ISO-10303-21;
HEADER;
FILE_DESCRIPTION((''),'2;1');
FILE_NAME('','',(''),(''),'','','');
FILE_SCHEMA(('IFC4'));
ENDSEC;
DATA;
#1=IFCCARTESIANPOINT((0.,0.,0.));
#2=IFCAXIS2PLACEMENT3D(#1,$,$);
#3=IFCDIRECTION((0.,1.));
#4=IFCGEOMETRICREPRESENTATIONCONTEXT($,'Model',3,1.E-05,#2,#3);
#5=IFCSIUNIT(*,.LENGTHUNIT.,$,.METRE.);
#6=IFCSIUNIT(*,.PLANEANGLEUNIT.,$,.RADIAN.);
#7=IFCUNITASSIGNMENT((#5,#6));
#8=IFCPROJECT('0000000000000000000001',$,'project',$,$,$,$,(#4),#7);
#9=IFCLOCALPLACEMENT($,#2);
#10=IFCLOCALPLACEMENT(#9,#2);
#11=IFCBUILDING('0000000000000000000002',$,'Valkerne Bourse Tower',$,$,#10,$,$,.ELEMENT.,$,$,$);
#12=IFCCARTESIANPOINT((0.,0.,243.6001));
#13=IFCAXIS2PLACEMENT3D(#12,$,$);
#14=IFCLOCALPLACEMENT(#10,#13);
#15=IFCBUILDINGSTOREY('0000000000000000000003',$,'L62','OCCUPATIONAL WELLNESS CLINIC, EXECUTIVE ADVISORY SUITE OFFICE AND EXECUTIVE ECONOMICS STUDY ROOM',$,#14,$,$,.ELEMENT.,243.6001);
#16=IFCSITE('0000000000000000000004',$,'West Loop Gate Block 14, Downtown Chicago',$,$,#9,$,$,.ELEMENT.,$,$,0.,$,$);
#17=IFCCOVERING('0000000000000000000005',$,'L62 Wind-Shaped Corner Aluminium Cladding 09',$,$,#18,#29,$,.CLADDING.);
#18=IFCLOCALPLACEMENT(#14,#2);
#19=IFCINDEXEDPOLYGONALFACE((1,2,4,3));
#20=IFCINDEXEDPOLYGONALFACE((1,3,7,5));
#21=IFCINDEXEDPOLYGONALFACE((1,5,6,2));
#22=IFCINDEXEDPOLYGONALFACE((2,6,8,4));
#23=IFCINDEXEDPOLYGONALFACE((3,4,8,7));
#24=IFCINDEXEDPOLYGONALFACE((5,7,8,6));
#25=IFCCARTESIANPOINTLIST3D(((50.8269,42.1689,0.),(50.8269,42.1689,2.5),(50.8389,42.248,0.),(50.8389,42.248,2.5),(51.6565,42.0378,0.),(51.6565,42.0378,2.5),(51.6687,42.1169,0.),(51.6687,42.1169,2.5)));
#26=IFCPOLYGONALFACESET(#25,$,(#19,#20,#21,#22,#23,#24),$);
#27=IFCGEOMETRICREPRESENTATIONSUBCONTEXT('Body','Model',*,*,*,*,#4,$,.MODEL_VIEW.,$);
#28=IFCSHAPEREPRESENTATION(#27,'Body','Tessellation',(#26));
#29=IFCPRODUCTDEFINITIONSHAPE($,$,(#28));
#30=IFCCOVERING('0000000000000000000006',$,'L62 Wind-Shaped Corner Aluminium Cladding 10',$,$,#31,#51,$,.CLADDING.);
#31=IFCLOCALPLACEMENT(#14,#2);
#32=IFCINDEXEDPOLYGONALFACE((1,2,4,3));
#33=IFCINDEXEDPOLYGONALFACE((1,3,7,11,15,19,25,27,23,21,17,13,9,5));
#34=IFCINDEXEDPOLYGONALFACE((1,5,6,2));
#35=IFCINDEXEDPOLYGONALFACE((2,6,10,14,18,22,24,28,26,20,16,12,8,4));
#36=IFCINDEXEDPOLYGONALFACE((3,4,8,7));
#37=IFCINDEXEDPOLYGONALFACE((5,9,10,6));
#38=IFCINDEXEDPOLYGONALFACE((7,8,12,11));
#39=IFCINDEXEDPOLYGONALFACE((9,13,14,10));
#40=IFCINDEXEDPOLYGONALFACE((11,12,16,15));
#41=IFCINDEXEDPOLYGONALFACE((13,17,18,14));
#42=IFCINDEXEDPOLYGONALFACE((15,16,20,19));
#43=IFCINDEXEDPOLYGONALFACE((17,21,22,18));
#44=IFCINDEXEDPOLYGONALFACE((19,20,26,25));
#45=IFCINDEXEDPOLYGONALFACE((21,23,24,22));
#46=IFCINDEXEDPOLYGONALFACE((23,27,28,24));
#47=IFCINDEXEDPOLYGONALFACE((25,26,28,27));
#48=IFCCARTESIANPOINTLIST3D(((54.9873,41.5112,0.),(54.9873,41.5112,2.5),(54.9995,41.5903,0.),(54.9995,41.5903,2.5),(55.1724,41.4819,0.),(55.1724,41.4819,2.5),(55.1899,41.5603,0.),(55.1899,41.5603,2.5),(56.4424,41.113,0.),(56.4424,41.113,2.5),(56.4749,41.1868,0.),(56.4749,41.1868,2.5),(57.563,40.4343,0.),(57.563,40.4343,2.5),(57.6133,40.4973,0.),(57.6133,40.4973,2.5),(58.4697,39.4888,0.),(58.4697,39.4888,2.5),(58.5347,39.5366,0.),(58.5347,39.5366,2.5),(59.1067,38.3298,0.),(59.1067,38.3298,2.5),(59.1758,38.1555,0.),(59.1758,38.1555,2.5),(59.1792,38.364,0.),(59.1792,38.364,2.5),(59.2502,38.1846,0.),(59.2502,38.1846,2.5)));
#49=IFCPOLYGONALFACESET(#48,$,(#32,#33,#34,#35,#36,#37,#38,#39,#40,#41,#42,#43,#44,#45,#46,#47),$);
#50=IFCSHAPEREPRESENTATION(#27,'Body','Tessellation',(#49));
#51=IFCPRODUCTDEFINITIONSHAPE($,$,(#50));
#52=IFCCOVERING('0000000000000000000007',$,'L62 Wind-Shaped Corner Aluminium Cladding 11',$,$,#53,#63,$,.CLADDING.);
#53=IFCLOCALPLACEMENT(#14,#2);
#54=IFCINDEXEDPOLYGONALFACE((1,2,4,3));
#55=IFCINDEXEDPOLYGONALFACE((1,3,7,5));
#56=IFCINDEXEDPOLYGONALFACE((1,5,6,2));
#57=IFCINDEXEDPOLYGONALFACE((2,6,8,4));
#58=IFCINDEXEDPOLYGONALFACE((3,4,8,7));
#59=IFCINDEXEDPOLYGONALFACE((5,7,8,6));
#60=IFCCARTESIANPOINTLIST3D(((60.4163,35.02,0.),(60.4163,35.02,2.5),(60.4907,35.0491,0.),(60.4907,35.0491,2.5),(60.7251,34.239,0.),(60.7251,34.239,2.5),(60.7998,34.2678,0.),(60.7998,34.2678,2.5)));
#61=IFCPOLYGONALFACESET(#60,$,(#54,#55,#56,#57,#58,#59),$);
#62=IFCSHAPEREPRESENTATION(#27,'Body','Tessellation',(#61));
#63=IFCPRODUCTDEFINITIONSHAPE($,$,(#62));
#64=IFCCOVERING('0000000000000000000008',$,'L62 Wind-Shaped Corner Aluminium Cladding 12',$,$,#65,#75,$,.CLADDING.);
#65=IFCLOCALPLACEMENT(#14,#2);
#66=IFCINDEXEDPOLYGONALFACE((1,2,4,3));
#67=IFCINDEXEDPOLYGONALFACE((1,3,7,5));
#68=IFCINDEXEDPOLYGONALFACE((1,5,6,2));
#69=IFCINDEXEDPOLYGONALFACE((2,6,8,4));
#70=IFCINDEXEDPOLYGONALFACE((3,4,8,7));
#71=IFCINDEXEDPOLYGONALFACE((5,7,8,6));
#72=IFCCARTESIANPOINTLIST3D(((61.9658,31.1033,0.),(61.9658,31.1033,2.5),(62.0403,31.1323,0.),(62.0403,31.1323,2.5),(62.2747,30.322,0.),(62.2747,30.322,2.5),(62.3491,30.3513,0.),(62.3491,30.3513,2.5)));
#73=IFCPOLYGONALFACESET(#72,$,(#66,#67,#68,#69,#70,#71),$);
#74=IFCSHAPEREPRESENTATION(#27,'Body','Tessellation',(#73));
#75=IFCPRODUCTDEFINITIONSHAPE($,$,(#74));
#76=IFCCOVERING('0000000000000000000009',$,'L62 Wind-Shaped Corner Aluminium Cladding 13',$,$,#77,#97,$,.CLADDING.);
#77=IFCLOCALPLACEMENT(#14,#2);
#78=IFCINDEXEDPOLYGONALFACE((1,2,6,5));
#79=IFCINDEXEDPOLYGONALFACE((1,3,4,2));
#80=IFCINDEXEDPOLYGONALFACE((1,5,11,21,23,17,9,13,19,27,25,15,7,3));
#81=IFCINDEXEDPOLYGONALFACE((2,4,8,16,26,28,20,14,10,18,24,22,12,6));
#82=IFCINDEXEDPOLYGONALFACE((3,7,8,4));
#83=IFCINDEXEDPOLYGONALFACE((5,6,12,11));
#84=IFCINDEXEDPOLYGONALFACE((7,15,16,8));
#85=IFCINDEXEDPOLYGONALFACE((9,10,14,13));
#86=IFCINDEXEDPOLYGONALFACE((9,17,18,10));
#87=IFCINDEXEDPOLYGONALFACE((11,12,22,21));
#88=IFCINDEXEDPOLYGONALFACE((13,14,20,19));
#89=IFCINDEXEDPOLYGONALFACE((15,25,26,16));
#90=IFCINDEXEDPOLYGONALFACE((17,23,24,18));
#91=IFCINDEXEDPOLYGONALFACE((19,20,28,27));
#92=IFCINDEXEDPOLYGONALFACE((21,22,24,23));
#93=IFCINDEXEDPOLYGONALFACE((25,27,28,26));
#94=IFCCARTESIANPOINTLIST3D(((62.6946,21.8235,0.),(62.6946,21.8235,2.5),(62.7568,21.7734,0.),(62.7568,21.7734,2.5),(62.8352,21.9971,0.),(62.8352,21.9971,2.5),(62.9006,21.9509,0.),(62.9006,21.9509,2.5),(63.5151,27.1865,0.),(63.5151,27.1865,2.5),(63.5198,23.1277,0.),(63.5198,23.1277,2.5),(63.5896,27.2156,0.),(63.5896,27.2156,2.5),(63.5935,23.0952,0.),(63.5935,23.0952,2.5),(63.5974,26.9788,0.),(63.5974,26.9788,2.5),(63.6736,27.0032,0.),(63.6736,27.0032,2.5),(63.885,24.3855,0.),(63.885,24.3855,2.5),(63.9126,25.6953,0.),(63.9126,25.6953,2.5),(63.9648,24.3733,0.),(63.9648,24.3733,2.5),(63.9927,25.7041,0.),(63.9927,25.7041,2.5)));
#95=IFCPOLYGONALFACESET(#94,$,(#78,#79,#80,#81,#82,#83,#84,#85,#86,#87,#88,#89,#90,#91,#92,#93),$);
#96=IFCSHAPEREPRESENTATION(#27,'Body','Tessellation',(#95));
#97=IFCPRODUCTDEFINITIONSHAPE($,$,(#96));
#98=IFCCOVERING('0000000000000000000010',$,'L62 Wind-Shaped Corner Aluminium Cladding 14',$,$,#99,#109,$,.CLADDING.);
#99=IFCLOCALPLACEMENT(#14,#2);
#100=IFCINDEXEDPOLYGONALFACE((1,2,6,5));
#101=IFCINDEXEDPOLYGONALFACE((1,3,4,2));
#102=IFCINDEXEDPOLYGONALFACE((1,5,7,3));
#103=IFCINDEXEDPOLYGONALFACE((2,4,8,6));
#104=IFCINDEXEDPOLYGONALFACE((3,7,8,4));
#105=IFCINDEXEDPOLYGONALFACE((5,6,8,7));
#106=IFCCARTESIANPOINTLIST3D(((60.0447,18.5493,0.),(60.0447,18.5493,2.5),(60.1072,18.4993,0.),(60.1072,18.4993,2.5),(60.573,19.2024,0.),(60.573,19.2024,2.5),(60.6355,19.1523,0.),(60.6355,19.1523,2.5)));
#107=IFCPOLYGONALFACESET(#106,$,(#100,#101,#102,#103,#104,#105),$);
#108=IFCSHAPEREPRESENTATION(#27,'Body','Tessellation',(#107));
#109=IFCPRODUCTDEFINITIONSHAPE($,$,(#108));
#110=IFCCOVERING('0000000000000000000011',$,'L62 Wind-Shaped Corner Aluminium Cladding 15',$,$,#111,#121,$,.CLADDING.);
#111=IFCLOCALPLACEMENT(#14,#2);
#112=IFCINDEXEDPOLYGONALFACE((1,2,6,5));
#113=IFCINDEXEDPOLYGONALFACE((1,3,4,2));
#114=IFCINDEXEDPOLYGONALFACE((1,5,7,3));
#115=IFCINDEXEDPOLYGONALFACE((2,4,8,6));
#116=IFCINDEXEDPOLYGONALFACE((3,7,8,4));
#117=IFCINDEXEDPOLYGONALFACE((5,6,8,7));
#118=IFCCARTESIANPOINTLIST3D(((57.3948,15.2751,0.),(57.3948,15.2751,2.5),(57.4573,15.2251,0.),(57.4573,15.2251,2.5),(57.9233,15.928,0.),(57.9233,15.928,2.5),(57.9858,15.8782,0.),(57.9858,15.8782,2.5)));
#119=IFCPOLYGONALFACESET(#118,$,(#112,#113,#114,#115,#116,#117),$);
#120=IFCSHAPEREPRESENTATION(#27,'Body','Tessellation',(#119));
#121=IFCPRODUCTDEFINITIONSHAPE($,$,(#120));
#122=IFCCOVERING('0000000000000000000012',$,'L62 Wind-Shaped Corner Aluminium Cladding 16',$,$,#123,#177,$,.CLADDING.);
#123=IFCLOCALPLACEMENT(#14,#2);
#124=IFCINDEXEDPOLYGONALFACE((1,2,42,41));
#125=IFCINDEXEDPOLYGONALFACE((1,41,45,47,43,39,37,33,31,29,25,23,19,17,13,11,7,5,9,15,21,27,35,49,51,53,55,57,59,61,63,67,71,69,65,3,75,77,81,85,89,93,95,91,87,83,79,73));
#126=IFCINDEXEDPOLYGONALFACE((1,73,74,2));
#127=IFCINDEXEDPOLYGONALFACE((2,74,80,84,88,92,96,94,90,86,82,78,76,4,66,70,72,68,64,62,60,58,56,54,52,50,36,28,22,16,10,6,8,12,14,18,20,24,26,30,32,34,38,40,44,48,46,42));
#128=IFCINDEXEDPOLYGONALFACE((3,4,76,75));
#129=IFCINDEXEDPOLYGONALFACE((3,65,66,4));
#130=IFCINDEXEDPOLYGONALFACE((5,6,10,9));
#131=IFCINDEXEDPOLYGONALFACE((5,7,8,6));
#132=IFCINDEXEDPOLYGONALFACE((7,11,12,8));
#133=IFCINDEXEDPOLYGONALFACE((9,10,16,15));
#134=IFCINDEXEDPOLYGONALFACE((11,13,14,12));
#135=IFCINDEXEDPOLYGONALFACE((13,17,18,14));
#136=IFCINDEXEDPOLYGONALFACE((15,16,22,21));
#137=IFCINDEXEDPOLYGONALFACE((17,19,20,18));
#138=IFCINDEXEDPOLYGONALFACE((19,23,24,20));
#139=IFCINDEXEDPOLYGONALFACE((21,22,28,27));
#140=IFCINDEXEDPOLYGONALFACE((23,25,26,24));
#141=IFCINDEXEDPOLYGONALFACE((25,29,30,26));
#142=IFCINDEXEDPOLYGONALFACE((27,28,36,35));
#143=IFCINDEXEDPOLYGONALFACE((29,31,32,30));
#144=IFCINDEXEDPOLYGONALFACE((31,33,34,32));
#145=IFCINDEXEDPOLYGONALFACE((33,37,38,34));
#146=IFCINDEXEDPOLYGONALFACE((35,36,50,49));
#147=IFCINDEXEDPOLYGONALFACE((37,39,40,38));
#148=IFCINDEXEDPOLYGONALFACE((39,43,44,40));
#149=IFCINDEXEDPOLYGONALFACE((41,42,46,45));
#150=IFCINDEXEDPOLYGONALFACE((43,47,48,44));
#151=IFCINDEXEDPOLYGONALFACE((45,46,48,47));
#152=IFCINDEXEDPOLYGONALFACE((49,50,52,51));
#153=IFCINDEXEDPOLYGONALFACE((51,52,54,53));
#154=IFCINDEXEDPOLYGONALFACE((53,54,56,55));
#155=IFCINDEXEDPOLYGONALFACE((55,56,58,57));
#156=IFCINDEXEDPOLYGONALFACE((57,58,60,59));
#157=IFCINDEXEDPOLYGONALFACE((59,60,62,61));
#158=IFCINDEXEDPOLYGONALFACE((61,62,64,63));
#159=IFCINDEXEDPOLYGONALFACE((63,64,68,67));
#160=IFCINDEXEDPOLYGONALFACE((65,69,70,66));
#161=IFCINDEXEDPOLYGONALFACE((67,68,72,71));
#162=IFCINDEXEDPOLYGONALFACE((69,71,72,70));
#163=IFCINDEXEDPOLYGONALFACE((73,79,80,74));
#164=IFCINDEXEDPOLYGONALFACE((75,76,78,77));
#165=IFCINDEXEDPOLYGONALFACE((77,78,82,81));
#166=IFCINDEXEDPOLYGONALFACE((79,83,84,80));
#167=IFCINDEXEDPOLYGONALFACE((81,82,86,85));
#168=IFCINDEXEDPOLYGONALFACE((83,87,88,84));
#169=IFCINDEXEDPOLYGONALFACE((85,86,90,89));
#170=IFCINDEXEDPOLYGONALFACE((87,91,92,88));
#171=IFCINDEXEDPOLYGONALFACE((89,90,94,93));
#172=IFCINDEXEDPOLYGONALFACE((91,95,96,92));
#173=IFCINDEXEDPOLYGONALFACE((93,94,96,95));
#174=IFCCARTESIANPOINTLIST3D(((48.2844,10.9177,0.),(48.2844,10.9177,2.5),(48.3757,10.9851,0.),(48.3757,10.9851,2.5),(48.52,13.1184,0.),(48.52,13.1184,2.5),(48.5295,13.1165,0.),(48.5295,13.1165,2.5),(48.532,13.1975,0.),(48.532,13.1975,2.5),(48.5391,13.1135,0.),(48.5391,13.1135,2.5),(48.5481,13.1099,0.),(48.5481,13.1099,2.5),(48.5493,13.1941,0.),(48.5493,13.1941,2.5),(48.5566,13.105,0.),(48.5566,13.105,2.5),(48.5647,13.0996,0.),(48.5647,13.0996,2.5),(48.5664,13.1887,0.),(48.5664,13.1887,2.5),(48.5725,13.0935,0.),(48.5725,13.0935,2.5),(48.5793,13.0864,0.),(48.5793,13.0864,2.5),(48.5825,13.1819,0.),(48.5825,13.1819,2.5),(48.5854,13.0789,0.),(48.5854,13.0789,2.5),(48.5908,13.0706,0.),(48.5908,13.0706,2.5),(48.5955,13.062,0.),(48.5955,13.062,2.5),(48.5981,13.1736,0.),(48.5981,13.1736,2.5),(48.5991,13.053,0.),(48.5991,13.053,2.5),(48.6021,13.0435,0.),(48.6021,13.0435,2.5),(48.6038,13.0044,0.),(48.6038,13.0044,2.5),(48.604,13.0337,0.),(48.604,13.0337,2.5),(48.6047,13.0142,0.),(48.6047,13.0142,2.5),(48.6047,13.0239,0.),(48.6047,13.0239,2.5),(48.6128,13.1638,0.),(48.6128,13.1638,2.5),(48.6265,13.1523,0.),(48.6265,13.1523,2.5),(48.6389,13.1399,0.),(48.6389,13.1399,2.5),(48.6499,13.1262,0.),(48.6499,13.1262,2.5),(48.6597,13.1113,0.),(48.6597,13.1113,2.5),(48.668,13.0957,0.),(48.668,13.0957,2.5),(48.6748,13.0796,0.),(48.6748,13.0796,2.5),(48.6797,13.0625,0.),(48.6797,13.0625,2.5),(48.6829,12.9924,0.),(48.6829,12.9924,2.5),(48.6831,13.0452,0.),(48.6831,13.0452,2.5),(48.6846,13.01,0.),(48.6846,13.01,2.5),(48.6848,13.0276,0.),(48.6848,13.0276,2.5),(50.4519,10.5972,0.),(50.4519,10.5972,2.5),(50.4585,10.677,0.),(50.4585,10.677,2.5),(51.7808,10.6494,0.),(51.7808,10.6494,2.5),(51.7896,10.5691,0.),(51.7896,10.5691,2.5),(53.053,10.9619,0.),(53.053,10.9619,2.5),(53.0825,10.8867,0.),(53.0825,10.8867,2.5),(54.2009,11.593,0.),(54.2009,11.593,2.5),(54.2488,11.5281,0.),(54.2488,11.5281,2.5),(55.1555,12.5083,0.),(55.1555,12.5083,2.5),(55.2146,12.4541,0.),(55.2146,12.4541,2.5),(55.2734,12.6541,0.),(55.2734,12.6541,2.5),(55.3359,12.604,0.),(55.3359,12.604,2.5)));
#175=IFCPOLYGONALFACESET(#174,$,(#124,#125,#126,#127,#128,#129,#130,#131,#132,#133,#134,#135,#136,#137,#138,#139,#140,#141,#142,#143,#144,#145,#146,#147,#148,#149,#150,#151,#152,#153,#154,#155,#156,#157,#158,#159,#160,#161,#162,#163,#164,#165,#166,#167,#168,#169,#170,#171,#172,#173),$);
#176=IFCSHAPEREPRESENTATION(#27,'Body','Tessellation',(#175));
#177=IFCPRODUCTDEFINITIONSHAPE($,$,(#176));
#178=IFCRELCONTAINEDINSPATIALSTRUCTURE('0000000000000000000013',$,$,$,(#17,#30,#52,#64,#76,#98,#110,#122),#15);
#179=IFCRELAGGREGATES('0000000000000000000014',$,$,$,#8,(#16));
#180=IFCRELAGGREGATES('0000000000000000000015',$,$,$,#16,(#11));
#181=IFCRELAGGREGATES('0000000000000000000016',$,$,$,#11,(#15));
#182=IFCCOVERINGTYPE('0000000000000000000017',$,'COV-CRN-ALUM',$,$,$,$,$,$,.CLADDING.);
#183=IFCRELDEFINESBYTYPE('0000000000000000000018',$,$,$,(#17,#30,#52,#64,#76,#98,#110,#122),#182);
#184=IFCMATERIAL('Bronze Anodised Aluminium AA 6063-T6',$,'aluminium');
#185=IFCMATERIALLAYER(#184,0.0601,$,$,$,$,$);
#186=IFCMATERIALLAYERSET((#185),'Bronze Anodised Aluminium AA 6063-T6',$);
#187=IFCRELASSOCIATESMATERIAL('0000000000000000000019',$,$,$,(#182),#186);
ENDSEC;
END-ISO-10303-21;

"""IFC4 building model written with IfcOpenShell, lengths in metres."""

from ifc_helpers import new_model, si_unit, direction, frame, origin, place, context, subcontext, project, spatial, polyline, outline, extrude, material, layer, layer_set, type_object, element, save


model = new_model("IFC4")

# Units and contexts
model_context = context("Model", 3, precision=1e-05, world=origin(), true_north=direction((0.0, 1.0)))
body_context = subcontext(model_context, "Body", "Model", "MODEL_VIEW")
ifc_project = project(units=[si_unit("LENGTHUNIT", "METRE"), si_unit("PLANEANGLEUNIT", "RADIAN")], contexts=[model_context])

# Site, building, storey
site_placement = place(None, origin())
site = spatial("IfcSite", under=ifc_project, at=site_placement, Name="West Loop Gate Block 14, Downtown Chicago", CompositionType="ELEMENT", RefElevation=0.0)
building_placement = place(site_placement, origin())
building = spatial("IfcBuilding", under=site, at=building_placement, Name="Valkerne Bourse Tower", CompositionType="ELEMENT")
storey_placement = place(building_placement, frame((0.0, 0.0, 243.6001)))
storey = spatial("IfcBuildingStorey", under=building, at=storey_placement, Name="L62", Description="OCCUPATIONAL WELLNESS CLINIC, EXECUTIVE ADVISORY SUITE OFFICE AND EXECUTIVE ECONOMICS STUDY ROOM", CompositionType="ELEMENT", Elevation=243.6001)

# Coverings
ifc_material_1 = material(Name="Bronze Anodised Aluminium AA 6063-T6", Category="aluminium")
ifc_layer_1 = layer(ifc_material_1, 0.0601)
ifc_layer_set_1 = layer_set([ifc_layer_1], Name="Bronze Anodised Aluminium AA 6063-T6")
covering_type_1 = type_object("IfcCoveringType", Name="COV-CRN-ALUM", PredefinedType="CLADDING", material=ifc_layer_set_1)
covering_1_placement = place(storey_placement, origin())
element("IfcCovering", 1, at=covering_1_placement, inside=storey, type_object=covering_type_1, Name="L62 Wind-Shaped Corner Aluminium Cladding 09", PredefinedType="CLADDING", context=body_context, shape_type="SweptSolid", body=[
    extrude(outline(polyline([(51.6687, 42.1169), (51.6565, 42.0378), (50.8269, 42.1689), (50.8389, 42.248), (51.6687, 42.1169)])), origin(), (0.0, 0.0, 1.0), 2.5),
])
covering_2_placement = place(storey_placement, origin())
element("IfcCovering", 2, at=covering_2_placement, inside=storey, type_object=covering_type_1, Name="L62 Wind-Shaped Corner Aluminium Cladding 10", PredefinedType="CLADDING", context=body_context, shape_type="SweptSolid", body=[
    extrude(outline(polyline([(55.1899, 41.5603), (56.4749, 41.1868), (57.6133, 40.4973), (58.5347, 39.5366), (59.1792, 38.364), (59.2502, 38.1846), (59.1758, 38.1555), (59.1067, 38.3298), (58.4697, 39.4888), (57.563, 40.4343), (56.4424, 41.113), (55.1724, 41.4819), (54.9873, 41.5112), (54.9995, 41.5903), (55.1899, 41.5603)])), origin(), (0.0, 0.0, 1.0), 2.5),
])
covering_3_placement = place(storey_placement, origin())
element("IfcCovering", 3, at=covering_3_placement, inside=storey, type_object=covering_type_1, Name="L62 Wind-Shaped Corner Aluminium Cladding 11", PredefinedType="CLADDING", context=body_context, shape_type="SweptSolid", body=[
    extrude(outline(polyline([(60.7998, 34.2678), (60.7251, 34.239), (60.4163, 35.02), (60.4907, 35.0491), (60.7998, 34.2678)])), origin(), (0.0, 0.0, 1.0), 2.5),
])
covering_4_placement = place(storey_placement, origin())
element("IfcCovering", 4, at=covering_4_placement, inside=storey, type_object=covering_type_1, Name="L62 Wind-Shaped Corner Aluminium Cladding 12", PredefinedType="CLADDING", context=body_context, shape_type="SweptSolid", body=[
    extrude(outline(polyline([(62.3491, 30.3513), (62.2747, 30.322), (61.9658, 31.1033), (62.0403, 31.1323), (62.3491, 30.3513)])), origin(), (0.0, 0.0, 1.0), 2.5),
])
covering_5_placement = place(storey_placement, origin())
element("IfcCovering", 5, at=covering_5_placement, inside=storey, type_object=covering_type_1, Name="L62 Wind-Shaped Corner Aluminium Cladding 13", PredefinedType="CLADDING", context=body_context, shape_type="SweptSolid", body=[
    extrude(outline(polyline([(63.6736, 27.0032), (63.9927, 25.7041), (63.9648, 24.3733), (63.5935, 23.0952), (62.9006, 21.9509), (62.7568, 21.7734), (62.6946, 21.8235), (62.8352, 21.9971), (63.5198, 23.1277), (63.885, 24.3855), (63.9126, 25.6953), (63.5974, 26.9788), (63.5151, 27.1865), (63.5896, 27.2156), (63.6736, 27.0032)])), origin(), (0.0, 0.0, 1.0), 2.5),
])
covering_6_placement = place(storey_placement, origin())
element("IfcCovering", 6, at=covering_6_placement, inside=storey, type_object=covering_type_1, Name="L62 Wind-Shaped Corner Aluminium Cladding 14", PredefinedType="CLADDING", context=body_context, shape_type="SweptSolid", body=[
    extrude(outline(polyline([(60.1072, 18.4993), (60.0447, 18.5493), (60.573, 19.2024), (60.6355, 19.1523), (60.1072, 18.4993)])), origin(), (0.0, 0.0, 1.0), 2.5),
])
covering_7_placement = place(storey_placement, origin())
element("IfcCovering", 7, at=covering_7_placement, inside=storey, type_object=covering_type_1, Name="L62 Wind-Shaped Corner Aluminium Cladding 15", PredefinedType="CLADDING", context=body_context, shape_type="SweptSolid", body=[
    extrude(outline(polyline([(57.4573, 15.2251), (57.3948, 15.2751), (57.9233, 15.928), (57.9858, 15.8782), (57.4573, 15.2251)])), origin(), (0.0, 0.0, 1.0), 2.5),
])
covering_8_placement = place(storey_placement, origin())
element("IfcCovering", 8, at=covering_8_placement, inside=storey, type_object=covering_type_1, Name="L62 Wind-Shaped Corner Aluminium Cladding 16", PredefinedType="CLADDING", context=body_context, shape_type="SweptSolid", body=[
    extrude(outline(polyline([(55.2146, 12.4541), (54.2488, 11.5281), (53.0825, 10.8867), (51.7896, 10.5691), (50.4519, 10.5972), (48.2844, 10.9177), (48.6038, 13.0044), (48.6047, 13.0142), (48.6047, 13.0239), (48.604, 13.0337), (48.6021, 13.0435), (48.5991, 13.053), (48.5955, 13.062), (48.5908, 13.0706), (48.5854, 13.0789), (48.5793, 13.0864), (48.5725, 13.0935), (48.5647, 13.0996), (48.5566, 13.105), (48.5481, 13.1099), (48.5391, 13.1135), (48.5295, 13.1165), (48.52, 13.1184), (48.532, 13.1975), (48.5493, 13.1941), (48.5664, 13.1887), (48.5825, 13.1819), (48.5981, 13.1736), (48.6128, 13.1638), (48.6265, 13.1523), (48.6389, 13.1399), (48.6499, 13.1262), (48.6597, 13.1113), (48.668, 13.0957), (48.6748, 13.0796), (48.6797, 13.0625), (48.6831, 13.0452), (48.6848, 13.0276), (48.6846, 13.01), (48.6829, 12.9924), (48.3757, 10.9851), (50.4585, 10.677), (51.7808, 10.6494), (53.053, 10.9619), (54.2009, 11.593), (55.1555, 12.5083), (55.2734, 12.6541), (55.3359, 12.604), (55.2146, 12.4541)])), origin(), (0.0, 0.0, 1.0), 2.5),
])

save(model, "model.ifc")
